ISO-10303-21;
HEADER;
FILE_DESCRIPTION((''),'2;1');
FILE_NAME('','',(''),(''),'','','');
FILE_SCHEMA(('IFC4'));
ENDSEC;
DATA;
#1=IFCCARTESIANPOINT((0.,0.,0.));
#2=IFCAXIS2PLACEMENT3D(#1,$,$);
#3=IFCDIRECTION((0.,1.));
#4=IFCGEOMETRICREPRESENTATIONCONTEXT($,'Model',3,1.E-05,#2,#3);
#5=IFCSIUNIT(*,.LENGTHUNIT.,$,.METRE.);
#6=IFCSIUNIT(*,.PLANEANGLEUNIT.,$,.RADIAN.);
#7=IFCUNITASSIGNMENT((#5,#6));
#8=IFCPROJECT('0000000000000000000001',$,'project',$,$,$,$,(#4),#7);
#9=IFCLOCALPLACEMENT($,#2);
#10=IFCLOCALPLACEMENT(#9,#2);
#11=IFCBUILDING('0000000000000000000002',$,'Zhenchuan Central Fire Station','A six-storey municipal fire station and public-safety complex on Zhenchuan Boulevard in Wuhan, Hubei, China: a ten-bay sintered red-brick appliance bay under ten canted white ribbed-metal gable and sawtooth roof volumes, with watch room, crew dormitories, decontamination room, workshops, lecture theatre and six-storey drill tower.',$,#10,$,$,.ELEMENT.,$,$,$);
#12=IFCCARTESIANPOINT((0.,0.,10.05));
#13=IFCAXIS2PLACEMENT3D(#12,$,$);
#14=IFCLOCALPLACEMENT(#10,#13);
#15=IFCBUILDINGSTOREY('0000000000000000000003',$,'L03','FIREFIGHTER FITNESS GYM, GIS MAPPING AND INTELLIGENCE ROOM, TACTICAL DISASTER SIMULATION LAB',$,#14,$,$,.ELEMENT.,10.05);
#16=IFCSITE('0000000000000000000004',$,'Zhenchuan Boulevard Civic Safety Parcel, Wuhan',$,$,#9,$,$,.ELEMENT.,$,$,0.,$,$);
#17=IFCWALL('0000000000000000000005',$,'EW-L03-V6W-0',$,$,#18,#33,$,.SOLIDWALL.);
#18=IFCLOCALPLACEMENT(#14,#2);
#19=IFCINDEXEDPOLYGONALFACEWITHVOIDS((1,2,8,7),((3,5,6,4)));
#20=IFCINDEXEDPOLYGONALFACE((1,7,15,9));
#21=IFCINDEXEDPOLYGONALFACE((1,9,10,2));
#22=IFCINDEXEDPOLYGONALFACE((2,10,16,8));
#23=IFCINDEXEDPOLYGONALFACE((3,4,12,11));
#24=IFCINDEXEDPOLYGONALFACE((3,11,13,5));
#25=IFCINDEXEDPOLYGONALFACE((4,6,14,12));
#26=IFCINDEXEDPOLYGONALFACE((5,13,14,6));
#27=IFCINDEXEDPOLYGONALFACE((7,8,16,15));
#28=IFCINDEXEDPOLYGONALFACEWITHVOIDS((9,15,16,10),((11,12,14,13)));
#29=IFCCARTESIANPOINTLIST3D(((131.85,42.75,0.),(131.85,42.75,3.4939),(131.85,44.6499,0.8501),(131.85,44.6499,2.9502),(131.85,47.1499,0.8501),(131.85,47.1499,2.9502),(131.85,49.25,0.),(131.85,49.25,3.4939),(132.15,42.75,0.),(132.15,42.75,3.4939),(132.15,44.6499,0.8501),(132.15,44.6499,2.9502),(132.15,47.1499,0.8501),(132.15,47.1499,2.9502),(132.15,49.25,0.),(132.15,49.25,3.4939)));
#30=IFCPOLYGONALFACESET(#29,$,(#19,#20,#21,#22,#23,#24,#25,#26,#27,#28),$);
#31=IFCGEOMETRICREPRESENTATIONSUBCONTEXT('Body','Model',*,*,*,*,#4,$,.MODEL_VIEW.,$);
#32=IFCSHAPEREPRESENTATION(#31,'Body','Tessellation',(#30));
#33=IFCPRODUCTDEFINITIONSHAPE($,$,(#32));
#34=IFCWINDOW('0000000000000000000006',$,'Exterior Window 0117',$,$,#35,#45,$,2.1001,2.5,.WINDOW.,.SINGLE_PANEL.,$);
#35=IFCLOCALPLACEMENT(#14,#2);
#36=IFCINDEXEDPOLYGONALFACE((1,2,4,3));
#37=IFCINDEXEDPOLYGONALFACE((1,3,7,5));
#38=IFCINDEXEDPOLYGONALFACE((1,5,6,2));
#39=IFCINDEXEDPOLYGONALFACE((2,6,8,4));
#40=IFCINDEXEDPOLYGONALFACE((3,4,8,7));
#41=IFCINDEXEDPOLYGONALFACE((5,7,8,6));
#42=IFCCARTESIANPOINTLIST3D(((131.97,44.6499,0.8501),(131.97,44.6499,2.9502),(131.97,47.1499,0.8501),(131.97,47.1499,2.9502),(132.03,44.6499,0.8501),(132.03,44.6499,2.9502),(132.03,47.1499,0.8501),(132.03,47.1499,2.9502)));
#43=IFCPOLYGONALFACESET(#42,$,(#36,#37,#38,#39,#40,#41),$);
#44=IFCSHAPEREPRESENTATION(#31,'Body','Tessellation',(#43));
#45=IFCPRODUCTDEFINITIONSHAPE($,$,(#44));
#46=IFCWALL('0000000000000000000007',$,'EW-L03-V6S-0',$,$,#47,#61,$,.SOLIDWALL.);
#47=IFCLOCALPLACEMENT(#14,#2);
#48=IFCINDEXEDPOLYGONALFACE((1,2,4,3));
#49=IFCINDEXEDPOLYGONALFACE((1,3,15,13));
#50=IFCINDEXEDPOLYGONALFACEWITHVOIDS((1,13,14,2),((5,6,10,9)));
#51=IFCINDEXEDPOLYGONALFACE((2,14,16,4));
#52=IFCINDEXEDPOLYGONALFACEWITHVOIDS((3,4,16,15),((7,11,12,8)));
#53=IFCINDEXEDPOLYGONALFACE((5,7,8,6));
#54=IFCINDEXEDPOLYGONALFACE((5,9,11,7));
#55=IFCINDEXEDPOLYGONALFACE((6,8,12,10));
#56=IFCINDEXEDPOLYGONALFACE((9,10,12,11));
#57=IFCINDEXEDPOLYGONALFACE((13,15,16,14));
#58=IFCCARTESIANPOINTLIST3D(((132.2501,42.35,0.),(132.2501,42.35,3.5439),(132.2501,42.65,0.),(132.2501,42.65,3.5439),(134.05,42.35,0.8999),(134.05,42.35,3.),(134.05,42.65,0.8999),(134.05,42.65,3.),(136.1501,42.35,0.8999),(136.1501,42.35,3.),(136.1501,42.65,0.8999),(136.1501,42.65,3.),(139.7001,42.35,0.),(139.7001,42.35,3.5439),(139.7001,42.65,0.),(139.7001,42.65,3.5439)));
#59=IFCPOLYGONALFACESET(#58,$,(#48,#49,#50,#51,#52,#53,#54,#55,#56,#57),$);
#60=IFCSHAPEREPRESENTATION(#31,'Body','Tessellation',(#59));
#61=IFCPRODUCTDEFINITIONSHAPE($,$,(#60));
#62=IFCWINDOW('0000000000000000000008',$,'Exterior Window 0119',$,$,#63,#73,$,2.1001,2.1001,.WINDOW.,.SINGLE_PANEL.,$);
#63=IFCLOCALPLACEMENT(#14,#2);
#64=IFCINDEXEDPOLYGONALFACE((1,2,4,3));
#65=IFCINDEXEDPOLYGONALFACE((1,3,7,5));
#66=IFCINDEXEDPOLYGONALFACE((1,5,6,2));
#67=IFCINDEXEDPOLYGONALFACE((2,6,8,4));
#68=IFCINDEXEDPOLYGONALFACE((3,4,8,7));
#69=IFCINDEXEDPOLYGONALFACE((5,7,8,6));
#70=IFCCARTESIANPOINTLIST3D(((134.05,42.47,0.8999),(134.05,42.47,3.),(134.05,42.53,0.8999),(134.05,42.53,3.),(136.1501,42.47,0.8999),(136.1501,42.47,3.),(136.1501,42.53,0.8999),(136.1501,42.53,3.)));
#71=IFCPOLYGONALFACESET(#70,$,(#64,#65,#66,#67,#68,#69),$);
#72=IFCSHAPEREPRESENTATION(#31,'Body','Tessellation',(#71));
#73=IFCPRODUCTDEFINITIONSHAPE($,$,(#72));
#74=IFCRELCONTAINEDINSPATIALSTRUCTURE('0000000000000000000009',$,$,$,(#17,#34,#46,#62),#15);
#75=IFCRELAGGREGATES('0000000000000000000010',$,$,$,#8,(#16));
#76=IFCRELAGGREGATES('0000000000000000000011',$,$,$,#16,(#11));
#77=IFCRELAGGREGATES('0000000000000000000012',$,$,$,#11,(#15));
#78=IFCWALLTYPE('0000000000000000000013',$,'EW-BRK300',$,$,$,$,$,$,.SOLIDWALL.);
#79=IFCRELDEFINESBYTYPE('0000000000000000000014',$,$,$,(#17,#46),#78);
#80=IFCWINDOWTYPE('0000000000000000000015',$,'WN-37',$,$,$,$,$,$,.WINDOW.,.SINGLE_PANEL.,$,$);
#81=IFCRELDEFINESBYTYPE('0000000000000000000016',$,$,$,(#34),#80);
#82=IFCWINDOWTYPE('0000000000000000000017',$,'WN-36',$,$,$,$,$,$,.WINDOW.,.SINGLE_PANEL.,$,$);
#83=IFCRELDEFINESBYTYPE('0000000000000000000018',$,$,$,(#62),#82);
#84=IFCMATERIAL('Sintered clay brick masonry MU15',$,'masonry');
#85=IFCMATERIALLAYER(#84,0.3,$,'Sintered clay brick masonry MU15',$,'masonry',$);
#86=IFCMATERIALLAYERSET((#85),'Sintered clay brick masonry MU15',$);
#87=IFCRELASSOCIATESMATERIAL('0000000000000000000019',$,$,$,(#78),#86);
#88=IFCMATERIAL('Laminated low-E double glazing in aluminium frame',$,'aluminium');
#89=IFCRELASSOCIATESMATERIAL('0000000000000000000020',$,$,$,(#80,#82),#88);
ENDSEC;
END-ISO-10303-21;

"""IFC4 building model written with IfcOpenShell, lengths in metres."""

from ifc_helpers import new_model, si_unit, direction, frame, frame_2d, origin, place, context, subcontext, project, spatial, rectangle, extrude, material, layer, layer_set, type_object, element, fill, save


model = new_model("IFC4")

# Units and contexts
model_context = context("Model", 3, precision=1e-05, world=origin(), true_north=direction((0.0, 1.0)))
body_context = subcontext(model_context, "Body", "Model", "MODEL_VIEW")
ifc_project = project(units=[si_unit("LENGTHUNIT", "METRE"), si_unit("PLANEANGLEUNIT", "RADIAN")], contexts=[model_context])

# Site, building, storey
site_placement = place(None, origin())
site = spatial("IfcSite", under=ifc_project, at=site_placement, Name="Zhenchuan Boulevard Civic Safety Parcel, Wuhan", CompositionType="ELEMENT", RefElevation=0.0)
building_placement = place(site_placement, origin())
building = spatial("IfcBuilding", under=site, at=building_placement, Name="Zhenchuan Central Fire Station", Description="A six-storey municipal fire station and public-safety complex on Zhenchuan Boulevard in Wuhan, Hubei, China: a ten-bay sintered red-brick appliance bay under ten canted white ribbed-metal gable and sawtooth roof volumes, with watch room, crew dormitories, decontamination room, workshops, lecture theatre and six-storey drill tower.", CompositionType="ELEMENT")
storey_placement = place(building_placement, frame((0.0, 0.0, 10.05)))
storey = spatial("IfcBuildingStorey", under=building, at=storey_placement, Name="L03", Description="FIREFIGHTER FITNESS GYM, GIS MAPPING AND INTELLIGENCE ROOM, TACTICAL DISASTER SIMULATION LAB", CompositionType="ELEMENT", Elevation=10.05)

# Walls, openings, windows
ifc_material_1 = material(Name="Sintered clay brick masonry MU15", Category="masonry")
ifc_layer_1 = layer(ifc_material_1, 0.3, Name="Sintered clay brick masonry MU15", Category="masonry")
ifc_layer_set_1 = layer_set([ifc_layer_1], Name="Sintered clay brick masonry MU15")
wall_type = type_object("IfcWallType", Name="EW-BRK300", PredefinedType="SOLIDWALL", material=ifc_layer_set_1)
wall_1_placement = place(storey_placement, frame((132.0, 42.75, 0.0), z_axis=(0.0, 0.0, 1.0), x_axis=(0.0, 1.0, 0.0)))
wall_1 = element("IfcWall", 1, at=wall_1_placement, inside=storey, type_object=wall_type, Name="EW-L03-V6W-0", PredefinedType="SOLIDWALL", context=body_context, shape_type="SweptSolid", body=[
    extrude(rectangle(XDim=6.5, YDim=0.3, at=frame_2d((3.25, 0.0))), origin(), (0.0, 0.0, 1.0), 3.4939),
])
opening_1_placement = place(wall_1_placement, frame((1.8999, 0.0, 0.8501)))
opening_1 = element("IfcOpeningElement", 2, at=opening_1_placement, cuts=wall_1, PredefinedType="OPENING", context=body_context, shape_type="SweptSolid", body=[
    extrude(rectangle(XDim=2.5, YDim=2.1001, at=frame_2d((1.25, 1.05))), frame((0.0, 0.1599, 0.0), z_axis=(0.0, -1.0, 0.0), x_axis=(1.0, 0.0, 0.0)), (0.0, 0.0, 1.0), 0.3201),
])
ifc_material_2 = material(Name="Laminated low-E double glazing in aluminium frame", Category="aluminium")
window_type_1 = type_object("IfcWindowType", Name="WN-37", PartitioningType="SINGLE_PANEL", PredefinedType="WINDOW", material=ifc_material_2)
window_1_placement = place(opening_1_placement, origin())
window_1 = element("IfcWindow", 3, at=window_1_placement, inside=storey, type_object=window_type_1, Name="Exterior Window 0117", OverallHeight=2.1001, OverallWidth=2.5, PartitioningType="SINGLE_PANEL", PredefinedType="WINDOW", context=body_context, shape_type="SweptSolid", body=[
    extrude(rectangle(XDim=2.5, YDim=2.1001, at=frame_2d((1.25, 1.05))), frame((0.0, 0.03, 0.0), z_axis=(0.0, -1.0, 0.0), x_axis=(1.0, 0.0, 0.0)), (0.0, 0.0, 1.0), 0.0601),
])
fill(opening_1, window_1)
wall_2_placement = place(storey_placement, frame((132.25, 42.5, 0.0), z_axis=(0.0, 0.0, 1.0), x_axis=(1.0, 0.0, 0.0)))
wall_2 = element("IfcWall", 4, at=wall_2_placement, inside=storey, type_object=wall_type, Name="EW-L03-V6S-0", PredefinedType="SOLIDWALL", context=body_context, shape_type="SweptSolid", body=[
    extrude(rectangle(XDim=7.45, YDim=0.3, at=frame_2d((3.7251, 0.0))), origin(), (0.0, 0.0, 1.0), 3.5439),
])
opening_2_placement = place(wall_2_placement, frame((1.8, 0.0, 0.8999)))
opening_2 = element("IfcOpeningElement", 5, at=opening_2_placement, cuts=wall_2, PredefinedType="OPENING", context=body_context, shape_type="SweptSolid", body=[
    extrude(rectangle(XDim=2.1001, YDim=2.1001, at=frame_2d((1.05, 1.05))), frame((0.0, 0.1599, 0.0), z_axis=(0.0, -1.0, 0.0), x_axis=(1.0, 0.0, 0.0)), (0.0, 0.0, 1.0), 0.3201),
])
window_type_2 = type_object("IfcWindowType", Name="WN-36", PartitioningType="SINGLE_PANEL", PredefinedType="WINDOW", material=ifc_material_2)
window_2_placement = place(opening_2_placement, origin())
window_2 = element("IfcWindow", 6, at=window_2_placement, inside=storey, type_object=window_type_2, Name="Exterior Window 0119", OverallHeight=2.1001, OverallWidth=2.1001, PartitioningType="SINGLE_PANEL", PredefinedType="WINDOW", context=body_context, shape_type="SweptSolid", body=[
    extrude(rectangle(XDim=2.1001, YDim=2.1001, at=frame_2d((1.05, 1.05))), frame((0.0, 0.03, 0.0), z_axis=(0.0, -1.0, 0.0), x_axis=(1.0, 0.0, 0.0)), (0.0, 0.0, 1.0), 0.0601),
])
fill(opening_2, window_2)

save(model, "model.ifc")
